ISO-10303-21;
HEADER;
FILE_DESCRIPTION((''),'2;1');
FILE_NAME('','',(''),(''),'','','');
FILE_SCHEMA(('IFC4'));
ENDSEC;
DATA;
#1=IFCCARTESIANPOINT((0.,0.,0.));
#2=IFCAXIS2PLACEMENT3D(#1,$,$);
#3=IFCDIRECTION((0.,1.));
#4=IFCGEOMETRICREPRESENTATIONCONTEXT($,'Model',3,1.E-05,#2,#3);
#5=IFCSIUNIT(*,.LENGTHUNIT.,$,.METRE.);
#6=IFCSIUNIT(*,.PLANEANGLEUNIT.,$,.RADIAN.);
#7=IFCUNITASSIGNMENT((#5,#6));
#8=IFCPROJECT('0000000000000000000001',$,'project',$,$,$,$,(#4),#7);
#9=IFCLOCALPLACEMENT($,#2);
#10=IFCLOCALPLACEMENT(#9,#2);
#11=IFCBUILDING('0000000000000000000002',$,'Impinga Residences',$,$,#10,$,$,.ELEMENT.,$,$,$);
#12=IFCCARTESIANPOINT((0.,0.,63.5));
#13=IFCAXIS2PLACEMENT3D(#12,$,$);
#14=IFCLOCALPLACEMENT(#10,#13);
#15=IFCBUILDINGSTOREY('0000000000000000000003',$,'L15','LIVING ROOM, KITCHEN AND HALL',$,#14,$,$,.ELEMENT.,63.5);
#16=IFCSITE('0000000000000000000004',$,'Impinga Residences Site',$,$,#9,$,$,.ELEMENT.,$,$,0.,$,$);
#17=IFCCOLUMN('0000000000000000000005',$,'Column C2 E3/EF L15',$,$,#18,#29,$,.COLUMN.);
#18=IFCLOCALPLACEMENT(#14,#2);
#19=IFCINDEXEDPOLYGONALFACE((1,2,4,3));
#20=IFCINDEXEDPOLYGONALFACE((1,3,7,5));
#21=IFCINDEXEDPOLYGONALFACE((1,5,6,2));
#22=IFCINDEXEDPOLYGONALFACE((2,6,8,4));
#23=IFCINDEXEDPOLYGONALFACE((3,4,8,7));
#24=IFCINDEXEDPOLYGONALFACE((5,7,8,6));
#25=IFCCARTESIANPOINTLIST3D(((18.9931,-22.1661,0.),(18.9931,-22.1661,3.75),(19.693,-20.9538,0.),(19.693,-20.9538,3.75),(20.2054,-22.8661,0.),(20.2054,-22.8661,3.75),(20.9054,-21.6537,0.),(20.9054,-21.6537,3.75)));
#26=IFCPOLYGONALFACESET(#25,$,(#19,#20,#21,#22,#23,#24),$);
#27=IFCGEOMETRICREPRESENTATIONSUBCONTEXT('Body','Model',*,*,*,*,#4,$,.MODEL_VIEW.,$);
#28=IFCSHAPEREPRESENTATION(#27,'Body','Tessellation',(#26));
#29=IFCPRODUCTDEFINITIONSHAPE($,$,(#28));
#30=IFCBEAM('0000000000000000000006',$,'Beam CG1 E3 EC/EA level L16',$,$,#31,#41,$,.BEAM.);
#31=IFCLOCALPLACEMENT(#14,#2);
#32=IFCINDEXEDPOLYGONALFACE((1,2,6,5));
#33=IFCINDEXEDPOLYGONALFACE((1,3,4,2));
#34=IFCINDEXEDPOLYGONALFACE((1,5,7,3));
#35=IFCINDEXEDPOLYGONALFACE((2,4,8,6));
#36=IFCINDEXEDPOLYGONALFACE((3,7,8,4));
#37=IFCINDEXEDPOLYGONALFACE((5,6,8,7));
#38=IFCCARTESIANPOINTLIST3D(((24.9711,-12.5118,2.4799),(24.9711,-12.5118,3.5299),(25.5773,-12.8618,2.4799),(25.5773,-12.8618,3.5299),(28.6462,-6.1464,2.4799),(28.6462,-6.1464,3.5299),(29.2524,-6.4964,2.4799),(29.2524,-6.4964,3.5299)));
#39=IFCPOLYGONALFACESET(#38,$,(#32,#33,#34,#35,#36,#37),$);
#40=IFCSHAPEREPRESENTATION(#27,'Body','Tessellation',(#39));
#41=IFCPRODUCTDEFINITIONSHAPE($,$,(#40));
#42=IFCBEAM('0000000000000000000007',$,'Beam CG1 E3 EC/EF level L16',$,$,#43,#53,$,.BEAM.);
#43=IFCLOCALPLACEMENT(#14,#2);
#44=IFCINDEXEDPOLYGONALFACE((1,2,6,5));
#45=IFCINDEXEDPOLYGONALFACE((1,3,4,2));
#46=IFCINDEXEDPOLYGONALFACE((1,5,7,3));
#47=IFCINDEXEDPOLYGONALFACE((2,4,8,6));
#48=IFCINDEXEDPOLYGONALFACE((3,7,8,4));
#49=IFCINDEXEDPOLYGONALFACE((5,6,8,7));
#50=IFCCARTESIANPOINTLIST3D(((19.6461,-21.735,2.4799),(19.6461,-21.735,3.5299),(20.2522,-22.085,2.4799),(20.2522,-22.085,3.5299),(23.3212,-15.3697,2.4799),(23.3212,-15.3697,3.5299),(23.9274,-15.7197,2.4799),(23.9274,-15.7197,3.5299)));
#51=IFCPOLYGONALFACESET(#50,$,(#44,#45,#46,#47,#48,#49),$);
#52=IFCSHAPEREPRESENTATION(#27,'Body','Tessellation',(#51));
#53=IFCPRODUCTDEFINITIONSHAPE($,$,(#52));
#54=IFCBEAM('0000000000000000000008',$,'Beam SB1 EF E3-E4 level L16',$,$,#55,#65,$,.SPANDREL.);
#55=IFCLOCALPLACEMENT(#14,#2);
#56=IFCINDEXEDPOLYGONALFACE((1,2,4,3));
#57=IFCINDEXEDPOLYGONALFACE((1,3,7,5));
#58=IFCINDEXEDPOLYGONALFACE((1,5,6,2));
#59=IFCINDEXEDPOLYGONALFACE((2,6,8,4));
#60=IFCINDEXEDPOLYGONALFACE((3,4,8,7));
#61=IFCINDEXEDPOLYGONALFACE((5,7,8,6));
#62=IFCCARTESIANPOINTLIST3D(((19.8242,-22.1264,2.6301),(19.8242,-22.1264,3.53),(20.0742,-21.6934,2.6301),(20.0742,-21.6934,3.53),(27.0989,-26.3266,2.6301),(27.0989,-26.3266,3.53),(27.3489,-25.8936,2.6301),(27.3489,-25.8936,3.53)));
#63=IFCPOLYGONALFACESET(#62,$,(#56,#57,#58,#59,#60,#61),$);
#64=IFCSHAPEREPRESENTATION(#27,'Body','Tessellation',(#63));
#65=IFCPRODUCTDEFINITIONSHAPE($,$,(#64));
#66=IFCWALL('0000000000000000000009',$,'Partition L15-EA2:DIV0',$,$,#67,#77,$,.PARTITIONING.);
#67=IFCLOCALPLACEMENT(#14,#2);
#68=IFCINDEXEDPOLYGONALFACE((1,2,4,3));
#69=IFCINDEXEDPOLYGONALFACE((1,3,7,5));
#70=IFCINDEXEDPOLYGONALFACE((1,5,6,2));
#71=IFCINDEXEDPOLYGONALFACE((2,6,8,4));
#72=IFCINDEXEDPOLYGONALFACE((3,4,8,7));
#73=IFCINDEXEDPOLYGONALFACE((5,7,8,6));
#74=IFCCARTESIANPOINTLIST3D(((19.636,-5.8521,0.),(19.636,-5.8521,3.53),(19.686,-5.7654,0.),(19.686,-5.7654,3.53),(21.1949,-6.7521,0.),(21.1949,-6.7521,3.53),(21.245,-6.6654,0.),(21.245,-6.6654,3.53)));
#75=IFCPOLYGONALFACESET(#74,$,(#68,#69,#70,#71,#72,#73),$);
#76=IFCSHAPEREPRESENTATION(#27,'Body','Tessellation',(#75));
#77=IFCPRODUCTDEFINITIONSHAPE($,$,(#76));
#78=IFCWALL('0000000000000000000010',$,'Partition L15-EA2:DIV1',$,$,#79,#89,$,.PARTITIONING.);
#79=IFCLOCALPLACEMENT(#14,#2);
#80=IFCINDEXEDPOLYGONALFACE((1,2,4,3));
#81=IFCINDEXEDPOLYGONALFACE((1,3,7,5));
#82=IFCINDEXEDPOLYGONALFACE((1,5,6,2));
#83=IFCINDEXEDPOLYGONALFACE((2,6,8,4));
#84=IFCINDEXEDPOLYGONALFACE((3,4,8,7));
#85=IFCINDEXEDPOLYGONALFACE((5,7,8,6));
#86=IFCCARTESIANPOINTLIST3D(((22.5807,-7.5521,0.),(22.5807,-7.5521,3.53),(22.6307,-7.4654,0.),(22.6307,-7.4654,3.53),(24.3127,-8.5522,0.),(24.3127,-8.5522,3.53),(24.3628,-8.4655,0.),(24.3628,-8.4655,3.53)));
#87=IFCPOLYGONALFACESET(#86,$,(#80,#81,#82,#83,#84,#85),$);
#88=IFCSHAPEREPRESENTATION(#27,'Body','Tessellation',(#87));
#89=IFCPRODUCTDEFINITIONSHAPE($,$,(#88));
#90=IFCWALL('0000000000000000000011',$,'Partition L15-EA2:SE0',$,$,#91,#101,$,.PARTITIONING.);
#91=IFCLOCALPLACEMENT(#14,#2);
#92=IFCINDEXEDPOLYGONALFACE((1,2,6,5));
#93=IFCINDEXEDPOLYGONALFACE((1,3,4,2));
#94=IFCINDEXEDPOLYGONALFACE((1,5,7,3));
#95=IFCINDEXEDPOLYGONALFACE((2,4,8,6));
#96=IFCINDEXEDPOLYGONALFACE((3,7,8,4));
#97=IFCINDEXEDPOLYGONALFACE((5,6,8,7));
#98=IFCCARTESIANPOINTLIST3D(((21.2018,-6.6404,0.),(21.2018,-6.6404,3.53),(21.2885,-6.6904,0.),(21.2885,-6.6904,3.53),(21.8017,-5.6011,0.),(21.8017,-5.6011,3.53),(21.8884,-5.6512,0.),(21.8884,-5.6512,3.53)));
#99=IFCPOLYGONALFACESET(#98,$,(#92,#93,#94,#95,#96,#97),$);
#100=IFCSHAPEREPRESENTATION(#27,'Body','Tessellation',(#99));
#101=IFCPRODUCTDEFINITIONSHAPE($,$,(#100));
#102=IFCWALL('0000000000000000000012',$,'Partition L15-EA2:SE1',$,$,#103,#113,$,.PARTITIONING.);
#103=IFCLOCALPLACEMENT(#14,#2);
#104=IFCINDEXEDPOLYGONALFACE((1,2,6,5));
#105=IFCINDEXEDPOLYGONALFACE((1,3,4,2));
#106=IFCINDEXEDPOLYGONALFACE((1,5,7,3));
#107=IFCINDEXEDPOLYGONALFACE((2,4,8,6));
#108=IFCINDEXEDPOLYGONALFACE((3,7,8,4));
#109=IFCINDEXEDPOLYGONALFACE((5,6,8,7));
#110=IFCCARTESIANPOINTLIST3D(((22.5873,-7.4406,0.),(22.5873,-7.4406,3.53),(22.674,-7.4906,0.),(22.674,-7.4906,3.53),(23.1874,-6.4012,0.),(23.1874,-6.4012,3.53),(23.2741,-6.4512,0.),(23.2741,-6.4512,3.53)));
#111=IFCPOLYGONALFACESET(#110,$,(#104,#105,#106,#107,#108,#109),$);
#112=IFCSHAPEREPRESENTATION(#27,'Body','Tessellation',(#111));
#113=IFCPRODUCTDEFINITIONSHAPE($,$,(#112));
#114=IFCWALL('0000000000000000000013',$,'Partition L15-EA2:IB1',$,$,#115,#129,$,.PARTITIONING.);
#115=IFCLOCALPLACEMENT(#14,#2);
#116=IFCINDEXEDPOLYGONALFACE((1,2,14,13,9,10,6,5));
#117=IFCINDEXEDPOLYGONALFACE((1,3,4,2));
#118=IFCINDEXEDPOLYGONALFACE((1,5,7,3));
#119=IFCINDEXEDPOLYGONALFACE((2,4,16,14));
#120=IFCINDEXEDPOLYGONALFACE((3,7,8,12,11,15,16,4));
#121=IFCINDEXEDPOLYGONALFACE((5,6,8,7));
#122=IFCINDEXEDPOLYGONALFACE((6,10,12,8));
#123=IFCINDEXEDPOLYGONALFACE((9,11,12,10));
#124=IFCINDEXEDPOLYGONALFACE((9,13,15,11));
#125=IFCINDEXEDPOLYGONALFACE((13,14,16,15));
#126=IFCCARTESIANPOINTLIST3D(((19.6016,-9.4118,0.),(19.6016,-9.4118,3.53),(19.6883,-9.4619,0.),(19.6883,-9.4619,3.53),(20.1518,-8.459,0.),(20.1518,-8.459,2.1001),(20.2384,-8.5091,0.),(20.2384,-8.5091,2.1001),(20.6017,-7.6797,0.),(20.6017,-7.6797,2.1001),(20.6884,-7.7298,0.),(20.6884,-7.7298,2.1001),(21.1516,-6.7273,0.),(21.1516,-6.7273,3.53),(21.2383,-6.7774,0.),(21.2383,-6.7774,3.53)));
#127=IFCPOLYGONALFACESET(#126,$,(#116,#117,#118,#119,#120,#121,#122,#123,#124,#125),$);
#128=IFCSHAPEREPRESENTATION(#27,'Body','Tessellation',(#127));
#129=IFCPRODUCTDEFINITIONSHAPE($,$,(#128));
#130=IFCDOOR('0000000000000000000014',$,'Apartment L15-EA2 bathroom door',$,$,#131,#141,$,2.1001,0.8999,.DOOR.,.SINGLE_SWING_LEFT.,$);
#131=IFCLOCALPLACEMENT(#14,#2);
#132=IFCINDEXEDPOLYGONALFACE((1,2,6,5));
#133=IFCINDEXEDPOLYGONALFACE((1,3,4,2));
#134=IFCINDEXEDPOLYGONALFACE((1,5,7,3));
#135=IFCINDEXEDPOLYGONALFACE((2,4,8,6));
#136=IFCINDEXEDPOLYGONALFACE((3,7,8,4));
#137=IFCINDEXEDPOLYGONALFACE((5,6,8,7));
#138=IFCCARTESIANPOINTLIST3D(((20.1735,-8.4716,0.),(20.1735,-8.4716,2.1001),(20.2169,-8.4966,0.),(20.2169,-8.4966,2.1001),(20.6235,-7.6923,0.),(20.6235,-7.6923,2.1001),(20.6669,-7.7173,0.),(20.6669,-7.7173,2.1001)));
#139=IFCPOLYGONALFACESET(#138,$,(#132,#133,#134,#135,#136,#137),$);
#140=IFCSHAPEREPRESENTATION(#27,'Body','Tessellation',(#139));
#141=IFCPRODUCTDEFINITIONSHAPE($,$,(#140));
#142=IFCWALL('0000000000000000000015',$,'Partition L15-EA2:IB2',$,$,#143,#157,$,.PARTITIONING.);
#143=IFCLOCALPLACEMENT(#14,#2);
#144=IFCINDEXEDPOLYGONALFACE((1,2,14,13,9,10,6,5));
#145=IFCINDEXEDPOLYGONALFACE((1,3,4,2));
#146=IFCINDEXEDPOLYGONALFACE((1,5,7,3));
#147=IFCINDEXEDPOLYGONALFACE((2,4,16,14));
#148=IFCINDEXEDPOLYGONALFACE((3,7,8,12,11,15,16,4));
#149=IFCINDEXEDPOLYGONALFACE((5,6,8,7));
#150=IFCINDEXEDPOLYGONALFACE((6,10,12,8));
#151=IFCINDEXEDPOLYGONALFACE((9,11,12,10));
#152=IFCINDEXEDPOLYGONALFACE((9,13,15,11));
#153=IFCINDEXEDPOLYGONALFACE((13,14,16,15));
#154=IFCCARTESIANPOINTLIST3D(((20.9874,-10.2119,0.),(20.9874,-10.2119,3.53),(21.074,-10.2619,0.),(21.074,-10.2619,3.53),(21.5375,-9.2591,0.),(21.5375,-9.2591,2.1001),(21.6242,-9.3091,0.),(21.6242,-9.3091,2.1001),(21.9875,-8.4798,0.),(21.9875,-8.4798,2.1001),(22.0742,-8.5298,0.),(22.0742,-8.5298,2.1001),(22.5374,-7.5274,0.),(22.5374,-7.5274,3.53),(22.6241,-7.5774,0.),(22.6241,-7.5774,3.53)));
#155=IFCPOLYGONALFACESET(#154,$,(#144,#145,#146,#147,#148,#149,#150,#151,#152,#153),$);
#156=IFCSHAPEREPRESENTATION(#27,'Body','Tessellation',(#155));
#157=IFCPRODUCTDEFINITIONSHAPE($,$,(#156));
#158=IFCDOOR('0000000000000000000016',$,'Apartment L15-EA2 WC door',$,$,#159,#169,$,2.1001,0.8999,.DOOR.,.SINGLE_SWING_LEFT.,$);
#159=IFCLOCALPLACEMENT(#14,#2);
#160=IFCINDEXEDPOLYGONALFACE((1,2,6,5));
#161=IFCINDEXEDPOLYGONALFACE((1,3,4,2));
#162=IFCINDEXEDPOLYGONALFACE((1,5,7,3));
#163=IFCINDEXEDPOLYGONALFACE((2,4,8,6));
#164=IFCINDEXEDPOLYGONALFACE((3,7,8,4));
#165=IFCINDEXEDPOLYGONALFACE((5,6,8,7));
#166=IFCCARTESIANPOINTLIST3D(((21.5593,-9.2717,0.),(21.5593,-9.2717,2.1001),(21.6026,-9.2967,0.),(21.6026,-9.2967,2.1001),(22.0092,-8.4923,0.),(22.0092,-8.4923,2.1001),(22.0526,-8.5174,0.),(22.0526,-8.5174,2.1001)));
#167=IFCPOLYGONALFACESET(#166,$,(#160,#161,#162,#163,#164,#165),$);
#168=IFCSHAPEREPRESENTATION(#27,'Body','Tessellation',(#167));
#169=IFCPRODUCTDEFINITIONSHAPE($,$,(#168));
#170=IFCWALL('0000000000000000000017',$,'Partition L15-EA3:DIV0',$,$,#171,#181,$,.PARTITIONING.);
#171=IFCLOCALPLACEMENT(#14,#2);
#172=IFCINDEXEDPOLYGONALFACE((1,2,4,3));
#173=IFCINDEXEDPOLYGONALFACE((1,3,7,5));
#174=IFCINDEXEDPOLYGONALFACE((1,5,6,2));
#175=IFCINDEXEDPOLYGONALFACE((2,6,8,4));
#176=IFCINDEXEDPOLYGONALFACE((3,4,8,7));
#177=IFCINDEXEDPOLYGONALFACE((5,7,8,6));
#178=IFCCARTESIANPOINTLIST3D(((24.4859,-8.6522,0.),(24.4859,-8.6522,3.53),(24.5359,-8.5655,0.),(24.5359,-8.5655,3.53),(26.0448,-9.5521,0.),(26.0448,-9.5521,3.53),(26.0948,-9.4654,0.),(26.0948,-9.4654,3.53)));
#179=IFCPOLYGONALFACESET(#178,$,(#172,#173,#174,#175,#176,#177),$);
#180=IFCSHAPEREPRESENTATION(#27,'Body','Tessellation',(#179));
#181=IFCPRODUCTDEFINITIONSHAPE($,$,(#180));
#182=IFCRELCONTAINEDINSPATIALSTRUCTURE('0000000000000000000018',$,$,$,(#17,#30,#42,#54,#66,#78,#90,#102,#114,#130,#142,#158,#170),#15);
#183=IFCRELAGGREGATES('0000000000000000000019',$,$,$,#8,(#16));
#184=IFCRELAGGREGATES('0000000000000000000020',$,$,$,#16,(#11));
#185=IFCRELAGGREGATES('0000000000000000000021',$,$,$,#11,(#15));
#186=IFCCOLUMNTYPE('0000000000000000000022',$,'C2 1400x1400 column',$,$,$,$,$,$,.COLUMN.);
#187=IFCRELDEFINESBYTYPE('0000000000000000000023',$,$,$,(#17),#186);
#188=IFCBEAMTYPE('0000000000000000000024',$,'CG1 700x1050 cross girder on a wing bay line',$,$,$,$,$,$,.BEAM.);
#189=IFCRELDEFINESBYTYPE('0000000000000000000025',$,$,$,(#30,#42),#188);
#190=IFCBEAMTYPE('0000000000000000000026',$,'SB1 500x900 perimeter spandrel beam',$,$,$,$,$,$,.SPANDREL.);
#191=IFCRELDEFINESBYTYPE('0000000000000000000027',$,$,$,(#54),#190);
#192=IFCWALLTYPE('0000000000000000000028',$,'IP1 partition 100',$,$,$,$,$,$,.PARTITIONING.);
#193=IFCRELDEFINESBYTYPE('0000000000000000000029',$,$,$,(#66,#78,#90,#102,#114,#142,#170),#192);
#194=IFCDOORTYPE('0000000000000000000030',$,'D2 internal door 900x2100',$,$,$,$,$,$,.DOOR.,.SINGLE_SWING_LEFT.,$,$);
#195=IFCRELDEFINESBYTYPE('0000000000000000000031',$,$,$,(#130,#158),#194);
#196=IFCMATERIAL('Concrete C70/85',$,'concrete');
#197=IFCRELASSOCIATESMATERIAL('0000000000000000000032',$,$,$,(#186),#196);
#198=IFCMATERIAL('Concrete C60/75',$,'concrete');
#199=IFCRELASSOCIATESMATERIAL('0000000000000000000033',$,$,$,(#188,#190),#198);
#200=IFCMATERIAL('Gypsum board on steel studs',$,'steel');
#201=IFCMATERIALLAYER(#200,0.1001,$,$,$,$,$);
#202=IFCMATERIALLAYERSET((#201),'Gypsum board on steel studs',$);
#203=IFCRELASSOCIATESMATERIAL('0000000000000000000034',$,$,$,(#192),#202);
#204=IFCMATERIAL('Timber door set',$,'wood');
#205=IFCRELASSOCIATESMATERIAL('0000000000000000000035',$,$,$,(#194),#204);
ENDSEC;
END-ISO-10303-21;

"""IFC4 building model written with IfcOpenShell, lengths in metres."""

from ifc_helpers import new_model, si_unit, direction, frame, frame_2d, origin, origin_2d, place, context, subcontext, project, spatial, rectangle, extrude, material, layer, layer_set, material_profile, profile_set, type_object, element, fill, save


model = new_model("IFC4")

# Units and contexts
model_context = context("Model", 3, precision=1e-05, world=origin(), true_north=direction((0.0, 1.0)))
body_context = subcontext(model_context, "Body", "Model", "MODEL_VIEW")
ifc_project = project(units=[si_unit("LENGTHUNIT", "METRE"), si_unit("PLANEANGLEUNIT", "RADIAN")], contexts=[model_context])

# Site, building, storey
site_placement = place(None, origin())
site = spatial("IfcSite", under=ifc_project, at=site_placement, Name="Impinga Residences Site", CompositionType="ELEMENT", RefElevation=0.0)
building_placement = place(site_placement, origin())
building = spatial("IfcBuilding", under=site, at=building_placement, Name="Impinga Residences", CompositionType="ELEMENT")
storey_placement = place(building_placement, frame((0.0, 0.0, 63.5)))
storey = spatial("IfcBuildingStorey", under=building, at=storey_placement, Name="L15", Description="LIVING ROOM, KITCHEN AND HALL", CompositionType="ELEMENT", Elevation=63.5)

# Column
ifc_material_1 = material(Name="Concrete C70/85", Category="concrete")
ifc_material_profile_1 = material_profile(ifc_material_1, rectangle(XDim=1.3999, YDim=1.3999, at=origin_2d()), Name="RC 1400x1400")
ifc_profile_set_1 = profile_set([ifc_material_profile_1], Name="Concrete C70/85")
column_type = type_object("IfcColumnType", Name="C2 1400x1400 column", PredefinedType="COLUMN", material=ifc_profile_set_1)
column_placement = place(storey_placement, frame((19.9492, -21.9099, 0.0), z_axis=(0.0, 0.0, 1.0), x_axis=(-0.5, -0.866025, 0.0)))
element("IfcColumn", 1, at=column_placement, inside=storey, type_object=column_type, Name="Column C2 E3/EF L15", PredefinedType="COLUMN", context=body_context, shape_type="SweptSolid", body=[
    extrude(rectangle(XDim=1.3999, YDim=1.3999, at=origin_2d()), origin(), (0.0, 0.0, 1.0), 3.75),
])

# Beams
ifc_material_2 = material(Name="Concrete C60/75", Category="concrete")
ifc_material_profile_2 = material_profile(ifc_material_2, rectangle(XDim=0.7, YDim=1.05, at=origin_2d()), Name="RC 700x1050")
ifc_profile_set_2 = profile_set([ifc_material_profile_2], Name="Concrete C60/75")
beam_type_1 = type_object("IfcBeamType", Name="CG1 700x1050 cross girder on a wing bay line", PredefinedType="BEAM", material=ifc_profile_set_2)
for number, where, z_axis, x_axis, name in (
    (2, (25.2742, -12.6868, 3.0049), (0.500008, 0.866021, 0.0), (-0.866021, 0.500008, 0.0), "Beam CG1 E3 EC/EA level L16"),
    (3, (23.6243, -15.5447, 3.0049), (-0.500008, -0.866021, 0.0), (0.866021, -0.500008, 0.0), "Beam CG1 E3 EC/EF level L16"),
):
    element("IfcBeam", number, at=place(storey_placement, frame(where, z_axis=z_axis, x_axis=x_axis)), inside=storey, type_object=beam_type_1, Name=name, PredefinedType="BEAM", context=body_context, shape_type="SweptSolid", body=[
        extrude(rectangle(XDim=0.7, YDim=1.05, at=origin_2d()), origin(), (0.0, 0.0, 1.0), 7.3501),
    ])
ifc_material_profile_3 = material_profile(ifc_material_2, rectangle(XDim=0.5, YDim=0.8999, at=origin_2d()), Name="RC 500x900")
ifc_profile_set_3 = profile_set([ifc_material_profile_3], Name="Concrete C60/75")
beam_type_2 = type_object("IfcBeamType", Name="SB1 500x900 perimeter spandrel beam", PredefinedType="SPANDREL", material=ifc_profile_set_3)
beam_placement = place(storey_placement, frame((19.9492, -21.9099, 3.0801), z_axis=(0.866017, -0.500015, 0.0), x_axis=(0.500015, 0.866017, 0.0)))
element("IfcBeam", 4, at=beam_placement, inside=storey, type_object=beam_type_2, Name="Beam SB1 EF E3-E4 level L16", PredefinedType="SPANDREL", context=body_context, shape_type="SweptSolid", body=[
    extrude(rectangle(XDim=0.5, YDim=0.8999, at=origin_2d()), origin(), (0.0, 0.0, 1.0), 8.4001),
])

# Walls
ifc_material_3 = material(Name="Gypsum board on steel studs", Category="steel")
ifc_layer_1 = layer(ifc_material_3, 0.1001)
ifc_layer_set_1 = layer_set([ifc_layer_1], Name="Gypsum board on steel studs")
wall_type_1 = type_object("IfcWallType", Name="IP1 partition 100", PredefinedType="PARTITIONING", material=ifc_layer_set_1)
wall_1_placement = place(storey_placement, frame((19.6611, -5.8088, 0.0), z_axis=(0.0, 0.0, 1.0), x_axis=(0.866048, -0.499961, 0.0)))
element("IfcWall", 5, at=wall_1_placement, inside=storey, type_object=wall_type_1, Name="Partition L15-EA2:DIV0", PredefinedType="PARTITIONING", context=body_context, shape_type="SweptSolid", body=[
    extrude(rectangle(XDim=1.8, YDim=0.1001, at=frame_2d((0.8999, 0.0))), origin(), (0.0, 0.0, 1.0), 3.53),
])
wall_2_placement = place(storey_placement, frame((22.6057, -7.5088, 0.0), z_axis=(0.0, 0.0, 1.0), x_axis=(0.866011, -0.500025, 0.0)))
element("IfcWall", 6, at=wall_2_placement, inside=storey, type_object=wall_type_1, Name="Partition L15-EA2:DIV1", PredefinedType="PARTITIONING", context=body_context, shape_type="SweptSolid", body=[
    extrude(rectangle(XDim=2.0, YDim=0.1001, at=frame_2d((1.0, 0.0))), origin(), (0.0, 0.0, 1.0), 3.53),
])
wall_3_placement = place(storey_placement, frame((21.2451, -6.6655, 0.0), z_axis=(0.0, 0.0, 1.0), x_axis=(0.499881, 0.866094, 0.0)))
element("IfcWall", 7, at=wall_3_placement, inside=storey, type_object=wall_type_1, Name="Partition L15-EA2:SE0", PredefinedType="PARTITIONING", context=body_context, shape_type="SweptSolid", body=[
    extrude(rectangle(XDim=1.2, YDim=0.1001, at=frame_2d((0.6001, 0.0))), origin(), (0.0, 0.0, 1.0), 3.53),
])
wall_4_placement = place(storey_placement, frame((22.6306, -7.4656, 0.0), z_axis=(0.0, 0.0, 1.0), x_axis=(0.500034, 0.866006, 0.0)))
element("IfcWall", 8, at=wall_4_placement, inside=storey, type_object=wall_type_1, Name="Partition L15-EA2:SE1", PredefinedType="PARTITIONING", context=body_context, shape_type="SweptSolid", body=[
    extrude(rectangle(XDim=1.2002, YDim=0.1001, at=frame_2d((0.6001, 0.0))), origin(), (0.0, 0.0, 1.0), 3.53),
])

# Walls, openings, doors
wall_5_placement = place(storey_placement, frame((19.645, -9.4368, 0.0), z_axis=(0.0, 0.0, 1.0), x_axis=(0.500027, 0.86601, 0.0)))
wall_5 = element("IfcWall", 9, at=wall_5_placement, inside=storey, type_object=wall_type_1, Name="Partition L15-EA2:IB1", PredefinedType="PARTITIONING", context=body_context, shape_type="SweptSolid", body=[
    extrude(rectangle(XDim=3.0999, YDim=0.1001, at=frame_2d((1.5498, 0.0))), origin(), (0.0, 0.0, 1.0), 3.53),
])
opening_1_placement = place(wall_5_placement, frame((1.1001, 0.0, 0.0)))
opening_1 = element("IfcOpeningElement", 10, at=opening_1_placement, cuts=wall_5, PredefinedType="OPENING", context=body_context, shape_type="SweptSolid", body=[
    extrude(rectangle(XDim=0.8999, YDim=2.1001, at=frame_2d((0.45, 1.05))), frame((0.0, 0.0601, 0.0), z_axis=(0.0, -1.0, 0.0), x_axis=(1.0, 0.0, 0.0)), (0.0, 0.0, 1.0), 0.1201),
])
ifc_material_4 = material(Name="Timber door set", Category="wood")
door_type = type_object("IfcDoorType", Name="D2 internal door 900x2100", OperationType="SINGLE_SWING_LEFT", PredefinedType="DOOR", material=ifc_material_4)
door_1_placement = place(opening_1_placement, origin())
door_1 = element("IfcDoor", 11, at=door_1_placement, inside=storey, type_object=door_type, Name="Apartment L15-EA2 bathroom door", OperationType="SINGLE_SWING_LEFT", OverallHeight=2.1001, OverallWidth=0.8999, PredefinedType="DOOR", context=body_context, shape_type="SweptSolid", body=[
    extrude(rectangle(XDim=0.8999, YDim=2.1001, at=frame_2d((0.45, 1.05))), frame((0.0, 0.0249, 0.0), z_axis=(0.0, -1.0, 0.0), x_axis=(1.0, 0.0, 0.0)), (0.0, 0.0, 1.0), 0.05),
])
fill(opening_1, door_1)
wall_6_placement = place(storey_placement, frame((21.0308, -10.2368, 0.0), z_axis=(0.0, 0.0, 1.0), x_axis=(0.500027, 0.86601, 0.0)))
wall_6 = element("IfcWall", 12, at=wall_6_placement, inside=storey, type_object=wall_type_1, Name="Partition L15-EA2:IB2", PredefinedType="PARTITIONING", context=body_context, shape_type="SweptSolid", body=[
    extrude(rectangle(XDim=3.0999, YDim=0.1001, at=frame_2d((1.5498, 0.0))), origin(), (0.0, 0.0, 1.0), 3.53),
])
opening_2_placement = place(wall_6_placement, frame((1.1001, 0.0, 0.0)))
opening_2 = element("IfcOpeningElement", 13, at=opening_2_placement, cuts=wall_6, PredefinedType="OPENING", context=body_context, shape_type="SweptSolid", body=[
    extrude(rectangle(XDim=0.8999, YDim=2.1001, at=frame_2d((0.45, 1.05))), frame((0.0, 0.0601, 0.0), z_axis=(0.0, -1.0, 0.0), x_axis=(1.0, 0.0, 0.0)), (0.0, 0.0, 1.0), 0.1201),
])
door_2_placement = place(opening_2_placement, origin())
door_2 = element("IfcDoor", 14, at=door_2_placement, inside=storey, type_object=door_type, Name="Apartment L15-EA2 WC door", OperationType="SINGLE_SWING_LEFT", OverallHeight=2.1001, OverallWidth=0.8999, PredefinedType="DOOR", context=body_context, shape_type="SweptSolid", body=[
    extrude(rectangle(XDim=0.8999, YDim=2.1001, at=frame_2d((0.45, 1.05))), frame((0.0, 0.0249, 0.0), z_axis=(0.0, -1.0, 0.0), x_axis=(1.0, 0.0, 0.0)), (0.0, 0.0, 1.0), 0.05),
])
fill(opening_2, door_2)

# Wall
wall_7_placement = place(storey_placement, frame((24.511, -8.6089, 0.0), z_axis=(0.0, 0.0, 1.0), x_axis=(0.866048, -0.499961, 0.0)))
element("IfcWall", 15, at=wall_7_placement, inside=storey, type_object=wall_type_1, Name="Partition L15-EA3:DIV0", PredefinedType="PARTITIONING", context=body_context, shape_type="SweptSolid", body=[
    extrude(rectangle(XDim=1.8, YDim=0.1001, at=frame_2d((0.8999, 0.0))), origin(), (0.0, 0.0, 1.0), 3.53),
])

save(model, "model.ifc")
